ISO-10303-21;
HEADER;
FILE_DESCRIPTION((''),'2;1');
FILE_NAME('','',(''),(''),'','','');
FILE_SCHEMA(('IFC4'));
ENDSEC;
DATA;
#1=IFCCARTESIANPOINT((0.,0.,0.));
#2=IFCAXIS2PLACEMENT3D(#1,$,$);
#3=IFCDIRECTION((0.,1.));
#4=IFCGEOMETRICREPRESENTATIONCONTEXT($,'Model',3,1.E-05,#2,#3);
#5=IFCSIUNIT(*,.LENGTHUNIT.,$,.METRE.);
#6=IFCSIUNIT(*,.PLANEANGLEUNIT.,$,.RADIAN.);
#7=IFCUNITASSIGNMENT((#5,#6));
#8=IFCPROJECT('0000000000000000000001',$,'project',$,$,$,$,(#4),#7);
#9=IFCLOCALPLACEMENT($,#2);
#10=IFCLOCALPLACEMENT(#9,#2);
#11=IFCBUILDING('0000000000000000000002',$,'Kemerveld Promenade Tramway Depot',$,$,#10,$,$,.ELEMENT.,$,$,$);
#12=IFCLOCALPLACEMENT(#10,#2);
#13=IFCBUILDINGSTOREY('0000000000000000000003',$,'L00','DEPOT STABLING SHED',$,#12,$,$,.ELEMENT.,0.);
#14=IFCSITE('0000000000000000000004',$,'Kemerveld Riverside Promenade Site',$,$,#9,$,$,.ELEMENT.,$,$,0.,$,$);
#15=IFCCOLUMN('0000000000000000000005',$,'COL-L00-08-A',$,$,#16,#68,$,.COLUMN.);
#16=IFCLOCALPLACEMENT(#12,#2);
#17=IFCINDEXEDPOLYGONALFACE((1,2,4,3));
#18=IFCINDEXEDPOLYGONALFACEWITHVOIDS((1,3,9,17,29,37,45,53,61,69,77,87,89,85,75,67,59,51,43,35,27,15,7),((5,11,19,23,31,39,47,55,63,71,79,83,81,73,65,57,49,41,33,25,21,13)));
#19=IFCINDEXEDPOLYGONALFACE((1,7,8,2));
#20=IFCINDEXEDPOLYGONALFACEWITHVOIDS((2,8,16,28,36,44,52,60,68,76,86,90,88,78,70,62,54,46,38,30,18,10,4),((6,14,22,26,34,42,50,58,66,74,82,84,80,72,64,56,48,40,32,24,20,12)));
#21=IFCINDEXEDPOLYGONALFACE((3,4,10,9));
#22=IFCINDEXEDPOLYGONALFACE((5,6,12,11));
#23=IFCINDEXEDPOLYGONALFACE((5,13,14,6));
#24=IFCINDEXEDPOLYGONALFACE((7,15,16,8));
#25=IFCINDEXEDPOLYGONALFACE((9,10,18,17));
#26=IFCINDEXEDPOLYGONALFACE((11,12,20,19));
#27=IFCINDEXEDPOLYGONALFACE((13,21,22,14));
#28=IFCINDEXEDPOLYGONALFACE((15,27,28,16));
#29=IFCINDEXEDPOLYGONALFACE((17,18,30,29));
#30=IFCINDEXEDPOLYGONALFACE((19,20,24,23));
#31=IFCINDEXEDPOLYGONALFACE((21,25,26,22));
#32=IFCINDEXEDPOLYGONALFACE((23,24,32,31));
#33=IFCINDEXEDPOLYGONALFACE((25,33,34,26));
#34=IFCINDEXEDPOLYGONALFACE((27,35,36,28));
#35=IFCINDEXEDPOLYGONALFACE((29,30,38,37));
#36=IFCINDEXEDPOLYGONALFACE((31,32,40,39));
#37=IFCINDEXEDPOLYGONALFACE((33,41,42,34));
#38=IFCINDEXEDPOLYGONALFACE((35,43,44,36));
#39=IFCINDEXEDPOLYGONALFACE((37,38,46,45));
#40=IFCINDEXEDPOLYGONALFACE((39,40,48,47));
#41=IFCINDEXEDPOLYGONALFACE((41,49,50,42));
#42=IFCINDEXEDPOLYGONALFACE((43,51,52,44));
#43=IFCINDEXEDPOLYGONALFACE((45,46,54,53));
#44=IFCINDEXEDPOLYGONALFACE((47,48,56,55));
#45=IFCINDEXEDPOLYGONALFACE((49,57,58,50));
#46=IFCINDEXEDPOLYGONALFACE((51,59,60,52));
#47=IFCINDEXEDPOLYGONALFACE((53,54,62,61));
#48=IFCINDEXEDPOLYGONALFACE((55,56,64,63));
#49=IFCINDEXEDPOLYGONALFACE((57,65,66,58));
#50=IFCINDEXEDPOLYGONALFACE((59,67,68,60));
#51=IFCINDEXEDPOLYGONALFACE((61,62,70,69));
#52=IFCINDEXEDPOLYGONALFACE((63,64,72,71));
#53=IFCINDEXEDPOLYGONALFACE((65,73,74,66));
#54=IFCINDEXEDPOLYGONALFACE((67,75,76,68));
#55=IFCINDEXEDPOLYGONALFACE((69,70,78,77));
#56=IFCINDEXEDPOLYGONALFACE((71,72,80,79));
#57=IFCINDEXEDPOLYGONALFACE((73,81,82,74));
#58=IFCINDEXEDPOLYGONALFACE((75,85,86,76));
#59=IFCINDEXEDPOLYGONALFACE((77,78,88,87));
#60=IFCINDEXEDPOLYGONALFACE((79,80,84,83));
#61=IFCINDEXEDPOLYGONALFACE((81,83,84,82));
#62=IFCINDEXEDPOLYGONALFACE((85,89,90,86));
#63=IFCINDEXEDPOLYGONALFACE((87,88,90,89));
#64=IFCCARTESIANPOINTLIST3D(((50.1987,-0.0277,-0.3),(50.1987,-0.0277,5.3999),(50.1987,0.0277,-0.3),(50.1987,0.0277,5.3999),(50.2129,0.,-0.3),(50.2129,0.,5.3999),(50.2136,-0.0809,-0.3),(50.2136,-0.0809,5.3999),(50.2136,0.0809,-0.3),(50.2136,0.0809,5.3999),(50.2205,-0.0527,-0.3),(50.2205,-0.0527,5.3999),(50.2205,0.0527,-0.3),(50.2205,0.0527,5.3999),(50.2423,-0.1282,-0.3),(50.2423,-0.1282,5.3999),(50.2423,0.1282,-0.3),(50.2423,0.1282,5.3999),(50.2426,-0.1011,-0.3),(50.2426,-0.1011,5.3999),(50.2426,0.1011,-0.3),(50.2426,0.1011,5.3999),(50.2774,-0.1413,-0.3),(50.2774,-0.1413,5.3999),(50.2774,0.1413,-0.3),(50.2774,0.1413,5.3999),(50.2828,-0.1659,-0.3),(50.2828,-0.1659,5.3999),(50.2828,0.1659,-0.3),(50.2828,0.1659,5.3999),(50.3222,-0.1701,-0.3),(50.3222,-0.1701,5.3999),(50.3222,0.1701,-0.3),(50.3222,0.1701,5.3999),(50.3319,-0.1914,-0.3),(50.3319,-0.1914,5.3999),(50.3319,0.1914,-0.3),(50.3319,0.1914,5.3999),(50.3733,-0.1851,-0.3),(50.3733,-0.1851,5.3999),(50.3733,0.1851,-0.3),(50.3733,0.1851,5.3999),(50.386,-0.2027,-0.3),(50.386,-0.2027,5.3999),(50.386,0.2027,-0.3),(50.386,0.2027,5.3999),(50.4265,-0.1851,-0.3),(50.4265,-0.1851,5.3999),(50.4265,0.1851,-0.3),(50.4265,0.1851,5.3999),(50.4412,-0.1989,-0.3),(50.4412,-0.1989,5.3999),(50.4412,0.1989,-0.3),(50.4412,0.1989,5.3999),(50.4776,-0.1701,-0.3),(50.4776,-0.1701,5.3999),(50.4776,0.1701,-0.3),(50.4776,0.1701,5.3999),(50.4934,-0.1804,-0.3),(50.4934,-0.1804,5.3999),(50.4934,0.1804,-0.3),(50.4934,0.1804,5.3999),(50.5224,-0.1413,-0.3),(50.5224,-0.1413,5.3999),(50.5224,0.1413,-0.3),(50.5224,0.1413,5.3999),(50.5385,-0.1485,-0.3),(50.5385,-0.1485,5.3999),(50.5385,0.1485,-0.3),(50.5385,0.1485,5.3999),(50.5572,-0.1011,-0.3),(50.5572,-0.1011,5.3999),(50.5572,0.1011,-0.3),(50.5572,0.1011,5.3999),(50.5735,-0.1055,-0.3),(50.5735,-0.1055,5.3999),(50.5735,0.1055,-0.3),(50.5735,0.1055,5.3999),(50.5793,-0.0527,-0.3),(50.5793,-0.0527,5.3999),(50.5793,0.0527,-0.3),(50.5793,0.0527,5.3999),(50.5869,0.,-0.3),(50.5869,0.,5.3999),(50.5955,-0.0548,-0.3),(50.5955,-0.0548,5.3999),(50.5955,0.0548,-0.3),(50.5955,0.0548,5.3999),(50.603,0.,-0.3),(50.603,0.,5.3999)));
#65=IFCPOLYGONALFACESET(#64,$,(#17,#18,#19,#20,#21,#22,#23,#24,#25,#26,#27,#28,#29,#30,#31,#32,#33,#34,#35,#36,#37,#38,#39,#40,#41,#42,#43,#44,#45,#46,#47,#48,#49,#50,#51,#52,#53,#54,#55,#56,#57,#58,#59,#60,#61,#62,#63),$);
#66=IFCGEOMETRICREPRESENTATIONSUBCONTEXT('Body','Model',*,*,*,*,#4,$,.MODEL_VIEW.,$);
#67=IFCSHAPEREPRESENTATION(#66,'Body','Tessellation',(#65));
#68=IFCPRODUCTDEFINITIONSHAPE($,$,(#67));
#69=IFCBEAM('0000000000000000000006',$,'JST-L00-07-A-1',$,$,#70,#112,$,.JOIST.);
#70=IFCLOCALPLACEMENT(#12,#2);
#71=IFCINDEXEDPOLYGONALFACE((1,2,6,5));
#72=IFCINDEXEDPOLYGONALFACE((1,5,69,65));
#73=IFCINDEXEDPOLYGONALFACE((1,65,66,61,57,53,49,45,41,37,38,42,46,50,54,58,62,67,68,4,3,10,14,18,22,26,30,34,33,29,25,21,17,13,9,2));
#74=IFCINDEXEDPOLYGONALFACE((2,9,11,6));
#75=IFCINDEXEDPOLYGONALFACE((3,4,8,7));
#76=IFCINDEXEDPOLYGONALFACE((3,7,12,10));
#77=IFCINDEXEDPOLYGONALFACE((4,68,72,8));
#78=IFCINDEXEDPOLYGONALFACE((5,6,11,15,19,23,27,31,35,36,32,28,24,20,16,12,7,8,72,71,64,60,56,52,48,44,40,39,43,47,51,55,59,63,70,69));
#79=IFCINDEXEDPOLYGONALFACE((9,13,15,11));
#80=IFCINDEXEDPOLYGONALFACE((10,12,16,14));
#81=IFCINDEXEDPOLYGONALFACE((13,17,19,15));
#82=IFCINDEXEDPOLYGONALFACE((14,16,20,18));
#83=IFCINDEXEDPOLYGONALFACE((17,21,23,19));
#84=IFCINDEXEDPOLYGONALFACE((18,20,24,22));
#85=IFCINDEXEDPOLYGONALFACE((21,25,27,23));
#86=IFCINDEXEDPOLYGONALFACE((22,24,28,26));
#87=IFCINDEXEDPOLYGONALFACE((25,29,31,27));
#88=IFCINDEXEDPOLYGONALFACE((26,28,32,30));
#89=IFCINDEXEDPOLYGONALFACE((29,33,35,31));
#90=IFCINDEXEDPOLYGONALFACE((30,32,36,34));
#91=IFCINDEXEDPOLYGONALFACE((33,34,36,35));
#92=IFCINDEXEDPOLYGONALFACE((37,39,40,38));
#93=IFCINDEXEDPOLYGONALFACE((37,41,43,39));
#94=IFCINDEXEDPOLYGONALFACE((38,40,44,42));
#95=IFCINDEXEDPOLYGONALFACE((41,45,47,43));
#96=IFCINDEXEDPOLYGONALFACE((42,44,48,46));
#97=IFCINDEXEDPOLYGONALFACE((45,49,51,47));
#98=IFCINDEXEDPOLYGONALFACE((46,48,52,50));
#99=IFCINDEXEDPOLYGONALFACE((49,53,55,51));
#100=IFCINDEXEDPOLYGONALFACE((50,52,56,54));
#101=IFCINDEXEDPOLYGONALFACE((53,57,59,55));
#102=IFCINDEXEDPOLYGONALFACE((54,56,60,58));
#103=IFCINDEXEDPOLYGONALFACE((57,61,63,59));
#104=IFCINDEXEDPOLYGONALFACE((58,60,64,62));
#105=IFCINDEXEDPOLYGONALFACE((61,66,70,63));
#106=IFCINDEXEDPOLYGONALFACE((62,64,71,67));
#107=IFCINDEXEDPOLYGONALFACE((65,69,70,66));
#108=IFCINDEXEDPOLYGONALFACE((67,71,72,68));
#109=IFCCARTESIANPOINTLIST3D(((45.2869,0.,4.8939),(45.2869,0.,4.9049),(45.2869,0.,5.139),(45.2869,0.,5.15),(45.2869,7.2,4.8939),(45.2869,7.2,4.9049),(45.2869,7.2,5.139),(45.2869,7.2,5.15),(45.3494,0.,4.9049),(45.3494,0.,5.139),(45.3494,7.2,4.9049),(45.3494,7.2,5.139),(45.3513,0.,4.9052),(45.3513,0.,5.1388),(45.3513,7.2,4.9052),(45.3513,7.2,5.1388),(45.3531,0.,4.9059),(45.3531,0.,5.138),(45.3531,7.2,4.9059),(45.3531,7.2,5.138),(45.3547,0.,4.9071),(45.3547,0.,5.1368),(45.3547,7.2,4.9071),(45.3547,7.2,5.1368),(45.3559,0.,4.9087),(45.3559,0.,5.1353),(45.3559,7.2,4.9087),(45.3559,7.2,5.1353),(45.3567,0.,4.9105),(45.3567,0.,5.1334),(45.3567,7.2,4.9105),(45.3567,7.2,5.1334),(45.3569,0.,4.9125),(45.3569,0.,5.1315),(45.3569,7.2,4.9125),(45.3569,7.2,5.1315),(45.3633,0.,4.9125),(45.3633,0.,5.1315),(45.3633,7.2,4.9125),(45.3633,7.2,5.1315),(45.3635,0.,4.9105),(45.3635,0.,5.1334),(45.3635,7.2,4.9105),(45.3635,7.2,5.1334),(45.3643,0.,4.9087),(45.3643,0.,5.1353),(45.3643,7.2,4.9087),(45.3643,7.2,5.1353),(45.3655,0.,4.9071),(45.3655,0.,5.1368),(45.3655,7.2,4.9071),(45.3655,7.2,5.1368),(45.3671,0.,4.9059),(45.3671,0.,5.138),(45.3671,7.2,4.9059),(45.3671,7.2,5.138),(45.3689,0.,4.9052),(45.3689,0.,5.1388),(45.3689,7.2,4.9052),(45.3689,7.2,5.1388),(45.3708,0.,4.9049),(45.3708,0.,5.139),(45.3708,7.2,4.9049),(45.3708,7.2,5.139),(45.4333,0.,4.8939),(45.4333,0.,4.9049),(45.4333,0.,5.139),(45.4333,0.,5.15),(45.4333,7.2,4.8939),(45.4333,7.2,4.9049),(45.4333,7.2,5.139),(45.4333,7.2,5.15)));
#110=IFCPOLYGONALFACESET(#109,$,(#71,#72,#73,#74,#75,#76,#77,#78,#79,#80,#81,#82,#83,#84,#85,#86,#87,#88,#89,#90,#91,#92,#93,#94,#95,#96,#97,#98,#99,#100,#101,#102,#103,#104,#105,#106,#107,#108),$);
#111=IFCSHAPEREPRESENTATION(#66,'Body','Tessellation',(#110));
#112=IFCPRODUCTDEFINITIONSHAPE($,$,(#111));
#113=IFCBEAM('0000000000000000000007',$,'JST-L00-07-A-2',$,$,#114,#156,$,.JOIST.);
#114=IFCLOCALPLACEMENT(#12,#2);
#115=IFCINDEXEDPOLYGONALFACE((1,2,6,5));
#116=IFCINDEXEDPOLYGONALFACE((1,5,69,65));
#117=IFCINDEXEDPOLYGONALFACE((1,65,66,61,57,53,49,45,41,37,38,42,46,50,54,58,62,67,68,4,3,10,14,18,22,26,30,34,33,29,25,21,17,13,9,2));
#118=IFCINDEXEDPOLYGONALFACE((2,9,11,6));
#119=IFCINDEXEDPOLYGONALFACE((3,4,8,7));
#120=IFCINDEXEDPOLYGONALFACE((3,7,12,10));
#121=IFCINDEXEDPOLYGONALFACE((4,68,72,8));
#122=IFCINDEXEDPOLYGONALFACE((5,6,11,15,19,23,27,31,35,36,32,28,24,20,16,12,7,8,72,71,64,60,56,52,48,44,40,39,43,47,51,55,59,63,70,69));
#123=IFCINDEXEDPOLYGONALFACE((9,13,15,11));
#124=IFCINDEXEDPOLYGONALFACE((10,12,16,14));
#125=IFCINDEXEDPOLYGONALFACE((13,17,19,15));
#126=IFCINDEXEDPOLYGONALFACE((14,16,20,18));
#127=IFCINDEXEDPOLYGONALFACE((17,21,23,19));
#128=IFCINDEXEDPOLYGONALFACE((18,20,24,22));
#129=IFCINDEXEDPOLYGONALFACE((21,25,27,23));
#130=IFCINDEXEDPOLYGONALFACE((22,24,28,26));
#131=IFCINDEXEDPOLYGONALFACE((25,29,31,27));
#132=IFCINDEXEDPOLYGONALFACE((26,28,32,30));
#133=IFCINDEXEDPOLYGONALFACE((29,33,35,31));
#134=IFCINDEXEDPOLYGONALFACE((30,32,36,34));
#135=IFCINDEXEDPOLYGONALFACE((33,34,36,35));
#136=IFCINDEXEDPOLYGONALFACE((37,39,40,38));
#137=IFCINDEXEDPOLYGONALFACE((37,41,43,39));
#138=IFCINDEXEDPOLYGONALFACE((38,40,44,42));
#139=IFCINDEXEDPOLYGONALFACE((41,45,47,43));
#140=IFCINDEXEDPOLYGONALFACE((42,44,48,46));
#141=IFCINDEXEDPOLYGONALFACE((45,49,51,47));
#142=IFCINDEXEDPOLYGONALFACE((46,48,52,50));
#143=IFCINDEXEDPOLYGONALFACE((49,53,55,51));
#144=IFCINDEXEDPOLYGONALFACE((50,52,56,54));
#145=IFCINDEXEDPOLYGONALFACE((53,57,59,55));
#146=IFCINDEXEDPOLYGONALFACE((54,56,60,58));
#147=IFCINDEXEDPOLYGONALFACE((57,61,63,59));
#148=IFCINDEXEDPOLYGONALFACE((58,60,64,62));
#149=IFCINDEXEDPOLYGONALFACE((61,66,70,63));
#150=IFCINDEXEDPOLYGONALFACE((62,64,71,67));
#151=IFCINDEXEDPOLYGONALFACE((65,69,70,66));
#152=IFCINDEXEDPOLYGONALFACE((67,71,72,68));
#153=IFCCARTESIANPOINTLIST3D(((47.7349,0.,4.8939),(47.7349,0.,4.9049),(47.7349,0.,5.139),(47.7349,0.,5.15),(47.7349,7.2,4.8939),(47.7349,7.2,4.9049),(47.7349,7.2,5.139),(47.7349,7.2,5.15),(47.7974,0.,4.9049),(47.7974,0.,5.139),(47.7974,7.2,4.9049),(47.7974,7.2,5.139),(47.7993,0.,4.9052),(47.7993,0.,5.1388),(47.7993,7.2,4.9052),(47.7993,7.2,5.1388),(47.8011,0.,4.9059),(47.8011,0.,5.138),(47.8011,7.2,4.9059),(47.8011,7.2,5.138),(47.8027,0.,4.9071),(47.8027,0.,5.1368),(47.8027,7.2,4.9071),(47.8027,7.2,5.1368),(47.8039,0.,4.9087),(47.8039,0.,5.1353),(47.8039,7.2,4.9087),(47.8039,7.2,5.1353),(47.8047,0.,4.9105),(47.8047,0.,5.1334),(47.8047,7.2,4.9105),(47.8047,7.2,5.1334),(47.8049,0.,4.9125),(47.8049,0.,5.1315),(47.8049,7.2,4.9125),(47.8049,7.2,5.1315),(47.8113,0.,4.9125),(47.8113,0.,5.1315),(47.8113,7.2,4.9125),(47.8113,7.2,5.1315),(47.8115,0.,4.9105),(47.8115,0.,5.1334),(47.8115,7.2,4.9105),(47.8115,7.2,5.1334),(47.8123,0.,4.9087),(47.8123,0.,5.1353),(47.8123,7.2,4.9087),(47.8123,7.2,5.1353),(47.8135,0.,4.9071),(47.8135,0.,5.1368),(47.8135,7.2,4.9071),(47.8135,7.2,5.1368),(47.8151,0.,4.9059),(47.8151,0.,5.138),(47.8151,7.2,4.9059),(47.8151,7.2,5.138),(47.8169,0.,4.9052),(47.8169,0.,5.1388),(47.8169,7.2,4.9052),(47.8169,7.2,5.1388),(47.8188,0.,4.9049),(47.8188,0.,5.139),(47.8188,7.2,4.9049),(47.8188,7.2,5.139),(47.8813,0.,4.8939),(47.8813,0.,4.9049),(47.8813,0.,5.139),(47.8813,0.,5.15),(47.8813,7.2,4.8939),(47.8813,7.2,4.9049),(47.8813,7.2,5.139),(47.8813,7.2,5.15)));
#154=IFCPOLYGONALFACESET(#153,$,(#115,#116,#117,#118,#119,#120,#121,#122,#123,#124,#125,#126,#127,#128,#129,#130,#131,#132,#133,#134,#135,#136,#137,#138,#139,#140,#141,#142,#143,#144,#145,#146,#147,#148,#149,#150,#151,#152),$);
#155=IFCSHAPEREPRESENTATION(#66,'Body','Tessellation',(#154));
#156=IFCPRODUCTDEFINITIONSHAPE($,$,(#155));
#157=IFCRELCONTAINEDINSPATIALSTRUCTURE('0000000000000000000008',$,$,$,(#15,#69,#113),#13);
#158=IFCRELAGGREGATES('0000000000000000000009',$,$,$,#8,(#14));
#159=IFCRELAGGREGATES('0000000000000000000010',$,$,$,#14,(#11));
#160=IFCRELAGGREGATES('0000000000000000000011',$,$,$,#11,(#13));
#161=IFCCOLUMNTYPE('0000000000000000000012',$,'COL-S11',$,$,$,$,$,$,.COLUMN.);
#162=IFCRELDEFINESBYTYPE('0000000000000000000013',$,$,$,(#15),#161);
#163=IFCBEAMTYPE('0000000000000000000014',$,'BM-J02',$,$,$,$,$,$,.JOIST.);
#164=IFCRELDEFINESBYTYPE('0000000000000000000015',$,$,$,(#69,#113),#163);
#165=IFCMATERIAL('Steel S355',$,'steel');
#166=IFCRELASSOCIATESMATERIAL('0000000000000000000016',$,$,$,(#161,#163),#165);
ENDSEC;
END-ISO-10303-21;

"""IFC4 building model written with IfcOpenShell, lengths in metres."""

from ifc_helpers import new_model, si_unit, direction, frame, origin, origin_2d, place, context, subcontext, project, spatial, hollow_circle, i_section, extrude, material, material_profile, profile_set, type_object, element, save


model = new_model("IFC4")

# Units and contexts
model_context = context("Model", 3, precision=1e-05, world=origin(), true_north=direction((0.0, 1.0)))
body_context = subcontext(model_context, "Body", "Model", "MODEL_VIEW")
ifc_project = project(units=[si_unit("LENGTHUNIT", "METRE"), si_unit("PLANEANGLEUNIT", "RADIAN")], contexts=[model_context])

# Site, building, storey
site_placement = place(None, origin())
site = spatial("IfcSite", under=ifc_project, at=site_placement, Name="Kemerveld Riverside Promenade Site", CompositionType="ELEMENT", RefElevation=0.0)
building_placement = place(site_placement, origin())
building = spatial("IfcBuilding", under=site, at=building_placement, Name="Kemerveld Promenade Tramway Depot", CompositionType="ELEMENT")
storey_placement = place(building_placement, origin())
storey = spatial("IfcBuildingStorey", under=building, at=storey_placement, Name="L00", Description="DEPOT STABLING SHED", CompositionType="ELEMENT", Elevation=0.0)

# Column
ifc_material_1 = material(Name="Steel S355", Category="steel")
ifc_material_profile_1 = material_profile(ifc_material_1, hollow_circle(Radius=0.2031, WallThickness=0.0161, at=origin_2d()), Name="406.4x16.0 CHS")
ifc_profile_set_1 = profile_set([ifc_material_profile_1], Name="Steel S355")
column_type = type_object("IfcColumnType", Name="COL-S11", PredefinedType="COLUMN", material=ifc_profile_set_1)
column_placement = place(storey_placement, frame((50.3999, 0.0, -0.3), z_axis=(0.0, 0.0, 1.0), x_axis=(1.0, 0.0, 0.0)))
element("IfcColumn", 1, at=column_placement, inside=storey, type_object=column_type, Name="COL-L00-08-A", PredefinedType="COLUMN", context=body_context, shape_type="SweptSolid", body=[
    extrude(hollow_circle(Radius=0.2031, WallThickness=0.0161, at=origin_2d()), origin(), (0.0, 0.0, 1.0), 5.7),
])

# Beams
ifc_material_profile_2 = material_profile(ifc_material_1, i_section(OverallWidth=0.1465, OverallDepth=0.2561, WebThickness=0.0063, FlangeThickness=0.011, FilletRadius=0.0076, at=origin_2d()), Name="254x146x37 UB")
ifc_profile_set_2 = profile_set([ifc_material_profile_2], Name="Steel S355")
beam_type_1 = type_object("IfcBeamType", Name="BM-J02", PredefinedType="JOIST", material=ifc_profile_set_2)
for number, where, z_axis, x_axis, name in (
    (2, (45.3601, 0.0, 5.022), (0.0, 1.0, 0.0), (-1.0, 0.0, 0.0), "JST-L00-07-A-1"),
    (3, (47.8081, 0.0, 5.022), (0.0, 1.0, 0.0), (-1.0, 0.0, 0.0), "JST-L00-07-A-2"),
):
    element("IfcBeam", number, at=place(storey_placement, frame(where, z_axis=z_axis, x_axis=x_axis)), inside=storey, type_object=beam_type_1, Name=name, PredefinedType="JOIST", context=body_context, shape_type="SweptSolid", body=[
        extrude(i_section(OverallWidth=0.1465, OverallDepth=0.2561, WebThickness=0.0063, FlangeThickness=0.011, FilletRadius=0.0076, at=origin_2d()), origin(), (0.0, 0.0, 1.0), 7.2),
    ])

save(model, "model.ifc")
